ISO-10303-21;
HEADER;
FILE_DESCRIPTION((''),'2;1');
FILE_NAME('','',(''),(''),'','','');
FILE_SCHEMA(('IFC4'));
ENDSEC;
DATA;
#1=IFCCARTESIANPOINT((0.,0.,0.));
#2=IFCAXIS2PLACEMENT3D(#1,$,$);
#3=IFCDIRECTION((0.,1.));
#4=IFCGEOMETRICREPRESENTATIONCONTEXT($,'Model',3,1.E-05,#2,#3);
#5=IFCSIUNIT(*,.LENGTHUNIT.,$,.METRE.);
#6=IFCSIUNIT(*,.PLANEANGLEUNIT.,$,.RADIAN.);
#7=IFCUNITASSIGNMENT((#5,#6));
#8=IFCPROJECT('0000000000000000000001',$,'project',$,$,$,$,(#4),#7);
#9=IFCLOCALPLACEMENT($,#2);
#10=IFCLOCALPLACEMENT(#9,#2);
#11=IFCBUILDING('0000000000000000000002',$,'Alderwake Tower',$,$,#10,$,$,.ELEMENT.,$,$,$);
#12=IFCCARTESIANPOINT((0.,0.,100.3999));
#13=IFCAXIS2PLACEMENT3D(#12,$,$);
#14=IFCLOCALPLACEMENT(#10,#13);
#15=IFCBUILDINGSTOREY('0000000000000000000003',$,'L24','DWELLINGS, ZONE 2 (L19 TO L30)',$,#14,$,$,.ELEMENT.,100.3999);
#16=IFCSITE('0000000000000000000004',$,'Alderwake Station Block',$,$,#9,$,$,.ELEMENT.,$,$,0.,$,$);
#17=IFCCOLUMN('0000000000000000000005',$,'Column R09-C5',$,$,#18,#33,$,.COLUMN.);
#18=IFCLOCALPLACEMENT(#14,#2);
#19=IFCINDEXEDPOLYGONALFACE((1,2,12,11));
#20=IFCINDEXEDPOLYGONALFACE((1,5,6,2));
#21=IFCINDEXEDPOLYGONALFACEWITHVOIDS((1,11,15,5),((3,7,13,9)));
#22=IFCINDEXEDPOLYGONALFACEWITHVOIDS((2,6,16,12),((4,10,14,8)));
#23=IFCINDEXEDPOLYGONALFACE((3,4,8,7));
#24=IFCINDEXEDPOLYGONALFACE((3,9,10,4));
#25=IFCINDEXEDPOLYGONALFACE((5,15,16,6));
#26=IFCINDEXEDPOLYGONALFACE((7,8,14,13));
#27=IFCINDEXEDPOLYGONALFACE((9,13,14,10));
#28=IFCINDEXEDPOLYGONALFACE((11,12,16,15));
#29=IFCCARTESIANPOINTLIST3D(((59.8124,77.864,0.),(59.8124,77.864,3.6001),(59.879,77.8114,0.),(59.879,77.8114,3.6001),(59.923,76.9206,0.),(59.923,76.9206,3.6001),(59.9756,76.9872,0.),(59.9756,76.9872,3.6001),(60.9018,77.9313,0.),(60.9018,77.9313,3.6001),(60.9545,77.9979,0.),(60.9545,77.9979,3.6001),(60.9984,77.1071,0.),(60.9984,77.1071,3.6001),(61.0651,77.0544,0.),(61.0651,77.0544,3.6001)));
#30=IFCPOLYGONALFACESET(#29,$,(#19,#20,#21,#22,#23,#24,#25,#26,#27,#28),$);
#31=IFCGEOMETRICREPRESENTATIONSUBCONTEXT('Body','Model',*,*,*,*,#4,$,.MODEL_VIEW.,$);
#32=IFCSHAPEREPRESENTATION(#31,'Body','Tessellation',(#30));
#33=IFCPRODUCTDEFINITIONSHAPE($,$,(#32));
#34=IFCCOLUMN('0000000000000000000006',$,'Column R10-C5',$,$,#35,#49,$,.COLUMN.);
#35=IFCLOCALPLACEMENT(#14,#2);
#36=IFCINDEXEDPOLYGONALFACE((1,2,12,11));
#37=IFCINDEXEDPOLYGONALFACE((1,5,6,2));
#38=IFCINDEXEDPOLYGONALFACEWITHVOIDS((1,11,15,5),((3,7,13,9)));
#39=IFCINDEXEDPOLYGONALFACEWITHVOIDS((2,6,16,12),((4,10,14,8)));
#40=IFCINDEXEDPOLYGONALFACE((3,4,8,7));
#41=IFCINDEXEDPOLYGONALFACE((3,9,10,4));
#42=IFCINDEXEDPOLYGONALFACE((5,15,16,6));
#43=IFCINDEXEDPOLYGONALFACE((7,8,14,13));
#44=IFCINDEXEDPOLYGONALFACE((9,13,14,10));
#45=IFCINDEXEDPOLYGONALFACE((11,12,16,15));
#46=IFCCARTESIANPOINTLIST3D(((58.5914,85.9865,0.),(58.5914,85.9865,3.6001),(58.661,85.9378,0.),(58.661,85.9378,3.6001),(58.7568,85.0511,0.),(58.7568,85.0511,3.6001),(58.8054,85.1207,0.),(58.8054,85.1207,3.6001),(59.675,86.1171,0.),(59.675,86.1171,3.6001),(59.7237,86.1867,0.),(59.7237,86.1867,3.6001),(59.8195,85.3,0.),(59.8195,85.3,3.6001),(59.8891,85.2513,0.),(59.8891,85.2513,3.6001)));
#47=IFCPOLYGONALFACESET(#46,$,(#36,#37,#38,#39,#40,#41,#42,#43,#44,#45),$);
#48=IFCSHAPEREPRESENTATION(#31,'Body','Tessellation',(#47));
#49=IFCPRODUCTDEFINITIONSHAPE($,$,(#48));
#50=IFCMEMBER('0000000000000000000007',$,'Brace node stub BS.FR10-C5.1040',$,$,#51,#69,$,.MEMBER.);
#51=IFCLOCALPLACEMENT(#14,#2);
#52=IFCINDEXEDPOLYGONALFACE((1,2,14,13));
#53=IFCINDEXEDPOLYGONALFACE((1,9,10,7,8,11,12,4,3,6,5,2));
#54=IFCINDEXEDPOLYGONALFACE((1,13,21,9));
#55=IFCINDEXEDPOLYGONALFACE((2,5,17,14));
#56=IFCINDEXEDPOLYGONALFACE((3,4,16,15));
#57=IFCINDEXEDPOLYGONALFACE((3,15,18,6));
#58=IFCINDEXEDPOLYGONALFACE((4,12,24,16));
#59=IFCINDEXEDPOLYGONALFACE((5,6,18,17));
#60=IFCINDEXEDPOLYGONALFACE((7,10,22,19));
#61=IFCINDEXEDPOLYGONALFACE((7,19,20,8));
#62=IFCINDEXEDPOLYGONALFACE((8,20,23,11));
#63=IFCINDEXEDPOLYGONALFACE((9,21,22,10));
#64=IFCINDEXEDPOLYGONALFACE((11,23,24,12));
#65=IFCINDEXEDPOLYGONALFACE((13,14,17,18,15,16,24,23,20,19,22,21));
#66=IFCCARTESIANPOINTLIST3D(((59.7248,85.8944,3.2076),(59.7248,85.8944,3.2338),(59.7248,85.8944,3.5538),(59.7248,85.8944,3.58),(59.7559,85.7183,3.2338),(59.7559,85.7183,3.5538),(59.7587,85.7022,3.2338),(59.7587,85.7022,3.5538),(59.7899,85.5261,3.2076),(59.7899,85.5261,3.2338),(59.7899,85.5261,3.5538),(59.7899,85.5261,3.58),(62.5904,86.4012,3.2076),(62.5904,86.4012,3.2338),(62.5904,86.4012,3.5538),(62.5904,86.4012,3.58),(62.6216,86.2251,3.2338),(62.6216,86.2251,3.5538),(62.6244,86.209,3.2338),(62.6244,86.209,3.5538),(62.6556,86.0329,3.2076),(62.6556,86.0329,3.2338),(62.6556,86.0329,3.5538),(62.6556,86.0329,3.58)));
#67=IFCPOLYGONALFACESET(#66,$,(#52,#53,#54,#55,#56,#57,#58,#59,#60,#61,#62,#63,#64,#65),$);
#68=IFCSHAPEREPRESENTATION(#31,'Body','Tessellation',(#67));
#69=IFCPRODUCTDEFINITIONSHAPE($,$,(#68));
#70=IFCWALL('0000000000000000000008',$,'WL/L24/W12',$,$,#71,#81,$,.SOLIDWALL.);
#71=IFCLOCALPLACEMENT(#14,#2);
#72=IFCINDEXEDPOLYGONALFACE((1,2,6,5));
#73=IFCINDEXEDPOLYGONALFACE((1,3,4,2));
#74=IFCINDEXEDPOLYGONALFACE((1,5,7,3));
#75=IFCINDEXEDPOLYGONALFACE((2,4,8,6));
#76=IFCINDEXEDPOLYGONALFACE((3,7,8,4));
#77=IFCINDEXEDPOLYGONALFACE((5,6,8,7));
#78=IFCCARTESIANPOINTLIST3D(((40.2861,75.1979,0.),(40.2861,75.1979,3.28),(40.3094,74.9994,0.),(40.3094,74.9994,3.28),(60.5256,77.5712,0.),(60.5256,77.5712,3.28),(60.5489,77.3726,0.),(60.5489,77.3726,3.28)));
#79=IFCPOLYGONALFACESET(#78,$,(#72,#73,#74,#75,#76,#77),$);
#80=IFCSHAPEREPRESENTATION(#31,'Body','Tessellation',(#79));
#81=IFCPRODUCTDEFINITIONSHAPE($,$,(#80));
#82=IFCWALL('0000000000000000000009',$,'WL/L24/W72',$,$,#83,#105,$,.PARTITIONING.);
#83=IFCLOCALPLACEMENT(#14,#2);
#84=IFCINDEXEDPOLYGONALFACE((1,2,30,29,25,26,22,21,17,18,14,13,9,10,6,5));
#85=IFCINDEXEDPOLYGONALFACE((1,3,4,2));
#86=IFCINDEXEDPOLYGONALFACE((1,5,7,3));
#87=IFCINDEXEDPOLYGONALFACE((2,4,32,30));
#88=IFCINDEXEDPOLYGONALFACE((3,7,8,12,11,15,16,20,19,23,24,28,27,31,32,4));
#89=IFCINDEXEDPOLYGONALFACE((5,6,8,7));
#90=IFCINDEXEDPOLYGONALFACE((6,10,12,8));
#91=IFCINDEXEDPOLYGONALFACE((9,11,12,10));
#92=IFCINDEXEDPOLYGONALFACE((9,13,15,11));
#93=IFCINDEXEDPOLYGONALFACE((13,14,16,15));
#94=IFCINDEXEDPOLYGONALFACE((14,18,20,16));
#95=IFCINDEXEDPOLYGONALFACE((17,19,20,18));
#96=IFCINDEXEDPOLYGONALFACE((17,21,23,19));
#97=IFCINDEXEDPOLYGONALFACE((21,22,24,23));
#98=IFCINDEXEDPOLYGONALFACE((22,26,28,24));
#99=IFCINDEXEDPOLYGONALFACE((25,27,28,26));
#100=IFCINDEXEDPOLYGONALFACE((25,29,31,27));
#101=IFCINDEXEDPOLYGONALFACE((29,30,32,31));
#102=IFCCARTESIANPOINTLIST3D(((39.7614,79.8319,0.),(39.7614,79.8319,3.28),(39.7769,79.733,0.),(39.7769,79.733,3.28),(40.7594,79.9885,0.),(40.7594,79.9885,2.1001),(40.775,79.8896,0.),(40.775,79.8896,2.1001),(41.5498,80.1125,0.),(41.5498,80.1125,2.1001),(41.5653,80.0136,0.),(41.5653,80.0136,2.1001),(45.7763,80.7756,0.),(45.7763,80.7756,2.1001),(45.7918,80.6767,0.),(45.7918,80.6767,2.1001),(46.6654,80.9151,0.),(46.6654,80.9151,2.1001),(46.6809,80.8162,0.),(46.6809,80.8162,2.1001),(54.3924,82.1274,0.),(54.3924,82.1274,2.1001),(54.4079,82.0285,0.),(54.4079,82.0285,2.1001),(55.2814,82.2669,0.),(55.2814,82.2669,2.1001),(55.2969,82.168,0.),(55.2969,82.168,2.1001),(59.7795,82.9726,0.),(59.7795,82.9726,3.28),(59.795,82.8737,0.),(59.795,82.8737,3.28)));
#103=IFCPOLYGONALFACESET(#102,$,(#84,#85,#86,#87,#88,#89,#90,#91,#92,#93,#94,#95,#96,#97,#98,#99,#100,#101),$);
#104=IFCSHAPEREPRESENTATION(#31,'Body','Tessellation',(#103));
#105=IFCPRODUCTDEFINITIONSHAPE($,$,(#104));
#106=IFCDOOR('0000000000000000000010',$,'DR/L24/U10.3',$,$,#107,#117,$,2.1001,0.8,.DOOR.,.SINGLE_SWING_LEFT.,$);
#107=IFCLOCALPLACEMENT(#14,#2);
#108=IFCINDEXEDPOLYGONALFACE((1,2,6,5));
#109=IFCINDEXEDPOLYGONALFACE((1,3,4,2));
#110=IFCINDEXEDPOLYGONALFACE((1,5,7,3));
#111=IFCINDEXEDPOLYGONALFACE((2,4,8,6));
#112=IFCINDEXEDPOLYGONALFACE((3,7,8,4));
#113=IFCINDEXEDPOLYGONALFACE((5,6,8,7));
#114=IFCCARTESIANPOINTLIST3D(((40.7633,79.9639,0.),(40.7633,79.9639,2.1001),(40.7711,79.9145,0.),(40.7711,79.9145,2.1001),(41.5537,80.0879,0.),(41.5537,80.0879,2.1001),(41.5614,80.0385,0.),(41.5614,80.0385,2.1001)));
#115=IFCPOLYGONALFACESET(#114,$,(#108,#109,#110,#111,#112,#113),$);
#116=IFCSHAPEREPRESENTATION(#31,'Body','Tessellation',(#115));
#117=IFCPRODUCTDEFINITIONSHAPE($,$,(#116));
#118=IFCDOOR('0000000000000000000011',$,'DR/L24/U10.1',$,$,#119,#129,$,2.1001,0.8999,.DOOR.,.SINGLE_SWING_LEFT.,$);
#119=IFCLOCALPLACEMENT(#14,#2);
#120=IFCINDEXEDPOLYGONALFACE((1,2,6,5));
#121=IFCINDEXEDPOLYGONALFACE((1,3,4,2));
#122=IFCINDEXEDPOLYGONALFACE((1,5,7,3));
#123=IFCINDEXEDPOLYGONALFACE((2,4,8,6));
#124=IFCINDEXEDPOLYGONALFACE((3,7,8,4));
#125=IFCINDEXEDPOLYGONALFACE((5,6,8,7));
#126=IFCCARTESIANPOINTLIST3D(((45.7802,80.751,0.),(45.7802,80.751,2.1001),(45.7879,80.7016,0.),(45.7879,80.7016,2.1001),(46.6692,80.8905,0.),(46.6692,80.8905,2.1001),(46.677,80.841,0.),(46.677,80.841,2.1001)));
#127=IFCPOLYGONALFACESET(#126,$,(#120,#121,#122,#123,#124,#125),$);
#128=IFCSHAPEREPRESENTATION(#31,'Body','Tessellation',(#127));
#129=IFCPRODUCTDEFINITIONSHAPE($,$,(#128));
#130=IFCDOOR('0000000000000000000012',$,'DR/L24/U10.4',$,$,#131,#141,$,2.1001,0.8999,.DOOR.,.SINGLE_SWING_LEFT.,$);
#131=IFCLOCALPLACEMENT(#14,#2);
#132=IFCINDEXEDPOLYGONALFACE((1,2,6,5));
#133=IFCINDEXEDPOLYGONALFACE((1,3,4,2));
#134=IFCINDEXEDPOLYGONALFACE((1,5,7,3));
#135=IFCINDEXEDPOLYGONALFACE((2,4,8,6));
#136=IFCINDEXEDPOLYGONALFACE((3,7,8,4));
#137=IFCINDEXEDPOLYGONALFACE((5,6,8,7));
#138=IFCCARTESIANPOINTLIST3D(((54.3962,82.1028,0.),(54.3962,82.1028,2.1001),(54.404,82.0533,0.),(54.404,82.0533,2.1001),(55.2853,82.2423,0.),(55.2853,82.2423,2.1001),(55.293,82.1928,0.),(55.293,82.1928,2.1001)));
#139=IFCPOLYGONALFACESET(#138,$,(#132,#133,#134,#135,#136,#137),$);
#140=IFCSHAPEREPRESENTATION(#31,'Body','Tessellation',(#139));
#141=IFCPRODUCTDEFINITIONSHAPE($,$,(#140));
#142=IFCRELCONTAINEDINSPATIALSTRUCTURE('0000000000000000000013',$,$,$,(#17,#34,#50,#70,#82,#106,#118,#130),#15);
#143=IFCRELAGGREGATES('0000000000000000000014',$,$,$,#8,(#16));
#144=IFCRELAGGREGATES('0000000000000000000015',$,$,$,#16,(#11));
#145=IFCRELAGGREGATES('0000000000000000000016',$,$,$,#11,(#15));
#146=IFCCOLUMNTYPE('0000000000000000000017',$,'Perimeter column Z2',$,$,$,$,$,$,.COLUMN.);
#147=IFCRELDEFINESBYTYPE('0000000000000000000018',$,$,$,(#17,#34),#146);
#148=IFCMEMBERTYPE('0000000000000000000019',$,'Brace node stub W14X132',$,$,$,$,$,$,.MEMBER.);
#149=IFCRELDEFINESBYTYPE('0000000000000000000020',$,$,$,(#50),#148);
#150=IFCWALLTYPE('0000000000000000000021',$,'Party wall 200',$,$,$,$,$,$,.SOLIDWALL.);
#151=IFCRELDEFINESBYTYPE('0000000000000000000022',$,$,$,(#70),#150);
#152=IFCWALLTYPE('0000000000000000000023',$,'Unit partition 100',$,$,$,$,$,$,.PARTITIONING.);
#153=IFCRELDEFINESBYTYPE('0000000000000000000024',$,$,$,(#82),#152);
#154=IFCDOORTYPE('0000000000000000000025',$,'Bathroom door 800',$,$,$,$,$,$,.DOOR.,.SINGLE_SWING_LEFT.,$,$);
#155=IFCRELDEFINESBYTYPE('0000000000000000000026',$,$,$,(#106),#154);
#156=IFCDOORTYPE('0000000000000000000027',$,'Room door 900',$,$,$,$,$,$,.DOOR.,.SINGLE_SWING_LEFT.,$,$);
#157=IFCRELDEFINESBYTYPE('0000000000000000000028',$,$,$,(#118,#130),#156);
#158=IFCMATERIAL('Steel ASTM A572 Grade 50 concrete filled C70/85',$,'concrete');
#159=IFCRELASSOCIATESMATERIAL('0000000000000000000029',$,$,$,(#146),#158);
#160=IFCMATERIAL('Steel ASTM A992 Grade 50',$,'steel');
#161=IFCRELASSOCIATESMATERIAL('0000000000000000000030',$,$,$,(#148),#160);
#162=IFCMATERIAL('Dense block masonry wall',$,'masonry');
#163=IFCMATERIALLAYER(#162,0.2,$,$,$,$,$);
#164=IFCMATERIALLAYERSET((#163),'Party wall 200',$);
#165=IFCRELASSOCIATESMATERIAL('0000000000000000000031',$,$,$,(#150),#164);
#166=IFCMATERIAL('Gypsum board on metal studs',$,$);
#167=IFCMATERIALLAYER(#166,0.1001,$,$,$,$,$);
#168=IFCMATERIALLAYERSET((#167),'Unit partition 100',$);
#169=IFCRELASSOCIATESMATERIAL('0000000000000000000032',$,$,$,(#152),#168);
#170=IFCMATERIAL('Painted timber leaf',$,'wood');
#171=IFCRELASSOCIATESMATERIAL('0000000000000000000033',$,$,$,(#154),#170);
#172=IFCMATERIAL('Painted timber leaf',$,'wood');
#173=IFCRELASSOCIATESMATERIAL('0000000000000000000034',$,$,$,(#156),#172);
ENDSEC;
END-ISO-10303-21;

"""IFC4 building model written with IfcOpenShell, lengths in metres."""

from ifc_helpers import new_model, si_unit, direction, frame, frame_2d, origin, origin_2d, place, context, subcontext, project, spatial, rectangle, hollow_rectangle, i_section, extrude, material, layer, layer_set, material_profile, profile_set, type_object, element, fill, save


model = new_model("IFC4")

# Units and contexts
model_context = context("Model", 3, precision=1e-05, world=origin(), true_north=direction((0.0, 1.0)))
body_context = subcontext(model_context, "Body", "Model", "MODEL_VIEW")
ifc_project = project(units=[si_unit("LENGTHUNIT", "METRE"), si_unit("PLANEANGLEUNIT", "RADIAN")], contexts=[model_context])

# Site, building, storey
site_placement = place(None, origin())
site = spatial("IfcSite", under=ifc_project, at=site_placement, Name="Alderwake Station Block", CompositionType="ELEMENT", RefElevation=0.0)
building_placement = place(site_placement, origin())
building = spatial("IfcBuilding", under=site, at=building_placement, Name="Alderwake Tower", CompositionType="ELEMENT")
storey_placement = place(building_placement, frame((0.0, 0.0, 100.3999)))
storey = spatial("IfcBuildingStorey", under=building, at=storey_placement, Name="L24", Description="DWELLINGS, ZONE 2 (L19 TO L30)", CompositionType="ELEMENT", Elevation=100.3999)

# Columns
ifc_material_1 = material(Name="Steel ASTM A572 Grade 50 concrete filled C70/85", Category="concrete")
ifc_material_profile_1 = material_profile(ifc_material_1, hollow_rectangle(XDim=0.95, YDim=1.1499, WallThickness=0.0601, at=origin_2d()), Name="BOX 1150X950X60")
ifc_profile_set_1 = profile_set([ifc_material_profile_1], Name="Steel ASTM A572 Grade 50 concrete filled C70/85")
column_type = type_object("IfcColumnType", Name="Perimeter column Z2", PredefinedType="COLUMN", material=ifc_profile_set_1)
for number, where, z_axis, x_axis, name in (
    (1, (60.4387, 77.4592, 0.0), (0.0, 0.0, 1.0), (-0.116402, 0.993202, 0.0), "Column R09-C5"),
    (2, (59.2402, 85.6189, 0.0), (0.0, 0.0, 1.0), (-0.174109, 0.984726, 0.0), "Column R10-C5"),
):
    element("IfcColumn", number, at=place(storey_placement, frame(where, z_axis=z_axis, x_axis=x_axis)), inside=storey, type_object=column_type, Name=name, PredefinedType="COLUMN", context=body_context, shape_type="SweptSolid", body=[
        extrude(hollow_rectangle(XDim=0.95, YDim=1.1499, WallThickness=0.0601, at=origin_2d()), origin(), (0.0, 0.0, 1.0), 3.6001),
    ])

# Member
ifc_material_2 = material(Name="Steel ASTM A992 Grade 50", Category="steel")
ifc_material_profile_2 = material_profile(ifc_material_2, i_section(OverallWidth=0.374, OverallDepth=0.3723, WebThickness=0.0164, FlangeThickness=0.0261, at=origin_2d()), Name="W14X132")
ifc_profile_set_2 = profile_set([ifc_material_profile_2], Name="Steel ASTM A992 Grade 50")
member_type = type_object("IfcMemberType", Name="Brace node stub W14X132", PredefinedType="MEMBER", material=ifc_profile_set_2)
member_placement = place(storey_placement, frame((59.7573, 85.7102, 3.3938), z_axis=(0.984718, 0.174159, 0.0), x_axis=(-0.174159, 0.984718, 0.0)))
element("IfcMember", 3, at=member_placement, inside=storey, type_object=member_type, Name="Brace node stub BS.FR10-C5.1040", PredefinedType="MEMBER", context=body_context, shape_type="SweptSolid", body=[
    extrude(i_section(OverallWidth=0.374, OverallDepth=0.3723, WebThickness=0.0164, FlangeThickness=0.0261, at=origin_2d()), origin(), (0.0, 0.0, 1.0), 2.9102),
])

# Wall
ifc_material_3 = material(Name="Dense block masonry wall", Category="masonry")
ifc_layer_1 = layer(ifc_material_3, 0.2)
ifc_layer_set_1 = layer_set([ifc_layer_1], Name="Party wall 200")
wall_type_1 = type_object("IfcWallType", Name="Party wall 200", PredefinedType="SOLIDWALL", material=ifc_layer_set_1)
wall_1_placement = place(storey_placement, frame((60.5371, 77.4719, 0.0), z_axis=(0.0, 0.0, 1.0), x_axis=(-0.993195, -0.116462, 0.0)))
element("IfcWall", 4, at=wall_1_placement, inside=storey, type_object=wall_type_1, Name="WL/L24/W12", PredefinedType="SOLIDWALL", context=body_context, shape_type="SweptSolid", body=[
    extrude(rectangle(XDim=20.3782, YDim=0.2, at=frame_2d((10.189, 0.0))), origin(), (0.0, 0.0, 1.0), 3.28),
])

# Wall, openings, doors
ifc_material_4 = material(Name="Gypsum board on metal studs")
ifc_layer_2 = layer(ifc_material_4, 0.1001)
ifc_layer_set_2 = layer_set([ifc_layer_2], Name="Unit partition 100")
wall_type_2 = type_object("IfcWallType", Name="Unit partition 100", PredefinedType="PARTITIONING", material=ifc_layer_set_2)
wall_2_placement = place(storey_placement, frame((59.7871, 82.9231, 0.0), z_axis=(0.0, 0.0, 1.0), x_axis=(-0.987915, -0.154994, 0.0)))
wall_2 = element("IfcWall", 5, at=wall_2_placement, inside=storey, type_object=wall_type_2, Name="WL/L24/W72", PredefinedType="PARTITIONING", context=body_context, shape_type="SweptSolid", body=[
    extrude(rectangle(XDim=20.2629, YDim=0.1001, at=frame_2d((10.1313, 0.0))), origin(), (0.0, 0.0, 1.0), 3.28),
])
opening_1_placement = place(wall_2_placement, frame((13.2744, 0.0, 0.0)))
opening_1 = element("IfcOpeningElement", 6, at=opening_1_placement, cuts=wall_2, PredefinedType="OPENING", context=body_context, shape_type="SweptSolid", body=[
    extrude(rectangle(XDim=0.8999, YDim=2.1001, at=frame_2d((0.45, 1.05))), frame((0.0, 0.0601, 0.0), z_axis=(0.0, -1.0, 0.0), x_axis=(1.0, 0.0, 0.0)), (0.0, 0.0, 1.0), 0.1201),
])
opening_2_placement = place(wall_2_placement, frame((18.4526, 0.0, 0.0)))
opening_2 = element("IfcOpeningElement", 7, at=opening_2_placement, cuts=wall_2, PredefinedType="OPENING", context=body_context, shape_type="SweptSolid", body=[
    extrude(rectangle(XDim=0.8, YDim=2.1001, at=frame_2d((0.3999, 1.05))), frame((0.0, 0.0601, 0.0), z_axis=(0.0, -1.0, 0.0), x_axis=(1.0, 0.0, 0.0)), (0.0, 0.0, 1.0), 0.1201),
])
opening_3_placement = place(wall_2_placement, frame((4.553, 0.0, 0.0)))
opening_3 = element("IfcOpeningElement", 8, at=opening_3_placement, cuts=wall_2, PredefinedType="OPENING", context=body_context, shape_type="SweptSolid", body=[
    extrude(rectangle(XDim=0.8999, YDim=2.1001, at=frame_2d((0.45, 1.05))), frame((0.0, 0.0601, 0.0), z_axis=(0.0, -1.0, 0.0), x_axis=(1.0, 0.0, 0.0)), (0.0, 0.0, 1.0), 0.1201),
])
ifc_material_5 = material(Name="Painted timber leaf", Category="wood")
door_type_1 = type_object("IfcDoorType", Name="Bathroom door 800", OperationType="SINGLE_SWING_LEFT", PredefinedType="DOOR", material=ifc_material_5)
door_1_placement = place(opening_2_placement, origin())
door_1 = element("IfcDoor", 9, at=door_1_placement, inside=storey, type_object=door_type_1, Name="DR/L24/U10.3", OperationType="SINGLE_SWING_LEFT", OverallHeight=2.1001, OverallWidth=0.8, PredefinedType="DOOR", context=body_context, shape_type="SweptSolid", body=[
    extrude(rectangle(XDim=0.8, YDim=2.1001, at=frame_2d((0.3999, 1.05))), frame((0.0, 0.0249, 0.0), z_axis=(0.0, -1.0, 0.0), x_axis=(1.0, 0.0, 0.0)), (0.0, 0.0, 1.0), 0.05),
])
fill(opening_2, door_1)
ifc_material_6 = material(Name="Painted timber leaf", Category="wood")
door_type_2 = type_object("IfcDoorType", Name="Room door 900", OperationType="SINGLE_SWING_LEFT", PredefinedType="DOOR", material=ifc_material_6)
door_2_placement = place(opening_1_placement, origin())
door_2 = element("IfcDoor", 10, at=door_2_placement, inside=storey, type_object=door_type_2, Name="DR/L24/U10.1", OperationType="SINGLE_SWING_LEFT", OverallHeight=2.1001, OverallWidth=0.8999, PredefinedType="DOOR", context=body_context, shape_type="SweptSolid", body=[
    extrude(rectangle(XDim=0.8999, YDim=2.1001, at=frame_2d((0.45, 1.05))), frame((0.0, 0.0249, 0.0), z_axis=(0.0, -1.0, 0.0), x_axis=(1.0, 0.0, 0.0)), (0.0, 0.0, 1.0), 0.05),
])
fill(opening_1, door_2)
door_3_placement = place(opening_3_placement, origin())
door_3 = element("IfcDoor", 11, at=door_3_placement, inside=storey, type_object=door_type_2, Name="DR/L24/U10.4", OperationType="SINGLE_SWING_LEFT", OverallHeight=2.1001, OverallWidth=0.8999, PredefinedType="DOOR", context=body_context, shape_type="SweptSolid", body=[
    extrude(rectangle(XDim=0.8999, YDim=2.1001, at=frame_2d((0.45, 1.05))), frame((0.0, 0.0249, 0.0), z_axis=(0.0, -1.0, 0.0), x_axis=(1.0, 0.0, 0.0)), (0.0, 0.0, 1.0), 0.05),
])
fill(opening_3, door_3)

save(model, "model.ifc")
